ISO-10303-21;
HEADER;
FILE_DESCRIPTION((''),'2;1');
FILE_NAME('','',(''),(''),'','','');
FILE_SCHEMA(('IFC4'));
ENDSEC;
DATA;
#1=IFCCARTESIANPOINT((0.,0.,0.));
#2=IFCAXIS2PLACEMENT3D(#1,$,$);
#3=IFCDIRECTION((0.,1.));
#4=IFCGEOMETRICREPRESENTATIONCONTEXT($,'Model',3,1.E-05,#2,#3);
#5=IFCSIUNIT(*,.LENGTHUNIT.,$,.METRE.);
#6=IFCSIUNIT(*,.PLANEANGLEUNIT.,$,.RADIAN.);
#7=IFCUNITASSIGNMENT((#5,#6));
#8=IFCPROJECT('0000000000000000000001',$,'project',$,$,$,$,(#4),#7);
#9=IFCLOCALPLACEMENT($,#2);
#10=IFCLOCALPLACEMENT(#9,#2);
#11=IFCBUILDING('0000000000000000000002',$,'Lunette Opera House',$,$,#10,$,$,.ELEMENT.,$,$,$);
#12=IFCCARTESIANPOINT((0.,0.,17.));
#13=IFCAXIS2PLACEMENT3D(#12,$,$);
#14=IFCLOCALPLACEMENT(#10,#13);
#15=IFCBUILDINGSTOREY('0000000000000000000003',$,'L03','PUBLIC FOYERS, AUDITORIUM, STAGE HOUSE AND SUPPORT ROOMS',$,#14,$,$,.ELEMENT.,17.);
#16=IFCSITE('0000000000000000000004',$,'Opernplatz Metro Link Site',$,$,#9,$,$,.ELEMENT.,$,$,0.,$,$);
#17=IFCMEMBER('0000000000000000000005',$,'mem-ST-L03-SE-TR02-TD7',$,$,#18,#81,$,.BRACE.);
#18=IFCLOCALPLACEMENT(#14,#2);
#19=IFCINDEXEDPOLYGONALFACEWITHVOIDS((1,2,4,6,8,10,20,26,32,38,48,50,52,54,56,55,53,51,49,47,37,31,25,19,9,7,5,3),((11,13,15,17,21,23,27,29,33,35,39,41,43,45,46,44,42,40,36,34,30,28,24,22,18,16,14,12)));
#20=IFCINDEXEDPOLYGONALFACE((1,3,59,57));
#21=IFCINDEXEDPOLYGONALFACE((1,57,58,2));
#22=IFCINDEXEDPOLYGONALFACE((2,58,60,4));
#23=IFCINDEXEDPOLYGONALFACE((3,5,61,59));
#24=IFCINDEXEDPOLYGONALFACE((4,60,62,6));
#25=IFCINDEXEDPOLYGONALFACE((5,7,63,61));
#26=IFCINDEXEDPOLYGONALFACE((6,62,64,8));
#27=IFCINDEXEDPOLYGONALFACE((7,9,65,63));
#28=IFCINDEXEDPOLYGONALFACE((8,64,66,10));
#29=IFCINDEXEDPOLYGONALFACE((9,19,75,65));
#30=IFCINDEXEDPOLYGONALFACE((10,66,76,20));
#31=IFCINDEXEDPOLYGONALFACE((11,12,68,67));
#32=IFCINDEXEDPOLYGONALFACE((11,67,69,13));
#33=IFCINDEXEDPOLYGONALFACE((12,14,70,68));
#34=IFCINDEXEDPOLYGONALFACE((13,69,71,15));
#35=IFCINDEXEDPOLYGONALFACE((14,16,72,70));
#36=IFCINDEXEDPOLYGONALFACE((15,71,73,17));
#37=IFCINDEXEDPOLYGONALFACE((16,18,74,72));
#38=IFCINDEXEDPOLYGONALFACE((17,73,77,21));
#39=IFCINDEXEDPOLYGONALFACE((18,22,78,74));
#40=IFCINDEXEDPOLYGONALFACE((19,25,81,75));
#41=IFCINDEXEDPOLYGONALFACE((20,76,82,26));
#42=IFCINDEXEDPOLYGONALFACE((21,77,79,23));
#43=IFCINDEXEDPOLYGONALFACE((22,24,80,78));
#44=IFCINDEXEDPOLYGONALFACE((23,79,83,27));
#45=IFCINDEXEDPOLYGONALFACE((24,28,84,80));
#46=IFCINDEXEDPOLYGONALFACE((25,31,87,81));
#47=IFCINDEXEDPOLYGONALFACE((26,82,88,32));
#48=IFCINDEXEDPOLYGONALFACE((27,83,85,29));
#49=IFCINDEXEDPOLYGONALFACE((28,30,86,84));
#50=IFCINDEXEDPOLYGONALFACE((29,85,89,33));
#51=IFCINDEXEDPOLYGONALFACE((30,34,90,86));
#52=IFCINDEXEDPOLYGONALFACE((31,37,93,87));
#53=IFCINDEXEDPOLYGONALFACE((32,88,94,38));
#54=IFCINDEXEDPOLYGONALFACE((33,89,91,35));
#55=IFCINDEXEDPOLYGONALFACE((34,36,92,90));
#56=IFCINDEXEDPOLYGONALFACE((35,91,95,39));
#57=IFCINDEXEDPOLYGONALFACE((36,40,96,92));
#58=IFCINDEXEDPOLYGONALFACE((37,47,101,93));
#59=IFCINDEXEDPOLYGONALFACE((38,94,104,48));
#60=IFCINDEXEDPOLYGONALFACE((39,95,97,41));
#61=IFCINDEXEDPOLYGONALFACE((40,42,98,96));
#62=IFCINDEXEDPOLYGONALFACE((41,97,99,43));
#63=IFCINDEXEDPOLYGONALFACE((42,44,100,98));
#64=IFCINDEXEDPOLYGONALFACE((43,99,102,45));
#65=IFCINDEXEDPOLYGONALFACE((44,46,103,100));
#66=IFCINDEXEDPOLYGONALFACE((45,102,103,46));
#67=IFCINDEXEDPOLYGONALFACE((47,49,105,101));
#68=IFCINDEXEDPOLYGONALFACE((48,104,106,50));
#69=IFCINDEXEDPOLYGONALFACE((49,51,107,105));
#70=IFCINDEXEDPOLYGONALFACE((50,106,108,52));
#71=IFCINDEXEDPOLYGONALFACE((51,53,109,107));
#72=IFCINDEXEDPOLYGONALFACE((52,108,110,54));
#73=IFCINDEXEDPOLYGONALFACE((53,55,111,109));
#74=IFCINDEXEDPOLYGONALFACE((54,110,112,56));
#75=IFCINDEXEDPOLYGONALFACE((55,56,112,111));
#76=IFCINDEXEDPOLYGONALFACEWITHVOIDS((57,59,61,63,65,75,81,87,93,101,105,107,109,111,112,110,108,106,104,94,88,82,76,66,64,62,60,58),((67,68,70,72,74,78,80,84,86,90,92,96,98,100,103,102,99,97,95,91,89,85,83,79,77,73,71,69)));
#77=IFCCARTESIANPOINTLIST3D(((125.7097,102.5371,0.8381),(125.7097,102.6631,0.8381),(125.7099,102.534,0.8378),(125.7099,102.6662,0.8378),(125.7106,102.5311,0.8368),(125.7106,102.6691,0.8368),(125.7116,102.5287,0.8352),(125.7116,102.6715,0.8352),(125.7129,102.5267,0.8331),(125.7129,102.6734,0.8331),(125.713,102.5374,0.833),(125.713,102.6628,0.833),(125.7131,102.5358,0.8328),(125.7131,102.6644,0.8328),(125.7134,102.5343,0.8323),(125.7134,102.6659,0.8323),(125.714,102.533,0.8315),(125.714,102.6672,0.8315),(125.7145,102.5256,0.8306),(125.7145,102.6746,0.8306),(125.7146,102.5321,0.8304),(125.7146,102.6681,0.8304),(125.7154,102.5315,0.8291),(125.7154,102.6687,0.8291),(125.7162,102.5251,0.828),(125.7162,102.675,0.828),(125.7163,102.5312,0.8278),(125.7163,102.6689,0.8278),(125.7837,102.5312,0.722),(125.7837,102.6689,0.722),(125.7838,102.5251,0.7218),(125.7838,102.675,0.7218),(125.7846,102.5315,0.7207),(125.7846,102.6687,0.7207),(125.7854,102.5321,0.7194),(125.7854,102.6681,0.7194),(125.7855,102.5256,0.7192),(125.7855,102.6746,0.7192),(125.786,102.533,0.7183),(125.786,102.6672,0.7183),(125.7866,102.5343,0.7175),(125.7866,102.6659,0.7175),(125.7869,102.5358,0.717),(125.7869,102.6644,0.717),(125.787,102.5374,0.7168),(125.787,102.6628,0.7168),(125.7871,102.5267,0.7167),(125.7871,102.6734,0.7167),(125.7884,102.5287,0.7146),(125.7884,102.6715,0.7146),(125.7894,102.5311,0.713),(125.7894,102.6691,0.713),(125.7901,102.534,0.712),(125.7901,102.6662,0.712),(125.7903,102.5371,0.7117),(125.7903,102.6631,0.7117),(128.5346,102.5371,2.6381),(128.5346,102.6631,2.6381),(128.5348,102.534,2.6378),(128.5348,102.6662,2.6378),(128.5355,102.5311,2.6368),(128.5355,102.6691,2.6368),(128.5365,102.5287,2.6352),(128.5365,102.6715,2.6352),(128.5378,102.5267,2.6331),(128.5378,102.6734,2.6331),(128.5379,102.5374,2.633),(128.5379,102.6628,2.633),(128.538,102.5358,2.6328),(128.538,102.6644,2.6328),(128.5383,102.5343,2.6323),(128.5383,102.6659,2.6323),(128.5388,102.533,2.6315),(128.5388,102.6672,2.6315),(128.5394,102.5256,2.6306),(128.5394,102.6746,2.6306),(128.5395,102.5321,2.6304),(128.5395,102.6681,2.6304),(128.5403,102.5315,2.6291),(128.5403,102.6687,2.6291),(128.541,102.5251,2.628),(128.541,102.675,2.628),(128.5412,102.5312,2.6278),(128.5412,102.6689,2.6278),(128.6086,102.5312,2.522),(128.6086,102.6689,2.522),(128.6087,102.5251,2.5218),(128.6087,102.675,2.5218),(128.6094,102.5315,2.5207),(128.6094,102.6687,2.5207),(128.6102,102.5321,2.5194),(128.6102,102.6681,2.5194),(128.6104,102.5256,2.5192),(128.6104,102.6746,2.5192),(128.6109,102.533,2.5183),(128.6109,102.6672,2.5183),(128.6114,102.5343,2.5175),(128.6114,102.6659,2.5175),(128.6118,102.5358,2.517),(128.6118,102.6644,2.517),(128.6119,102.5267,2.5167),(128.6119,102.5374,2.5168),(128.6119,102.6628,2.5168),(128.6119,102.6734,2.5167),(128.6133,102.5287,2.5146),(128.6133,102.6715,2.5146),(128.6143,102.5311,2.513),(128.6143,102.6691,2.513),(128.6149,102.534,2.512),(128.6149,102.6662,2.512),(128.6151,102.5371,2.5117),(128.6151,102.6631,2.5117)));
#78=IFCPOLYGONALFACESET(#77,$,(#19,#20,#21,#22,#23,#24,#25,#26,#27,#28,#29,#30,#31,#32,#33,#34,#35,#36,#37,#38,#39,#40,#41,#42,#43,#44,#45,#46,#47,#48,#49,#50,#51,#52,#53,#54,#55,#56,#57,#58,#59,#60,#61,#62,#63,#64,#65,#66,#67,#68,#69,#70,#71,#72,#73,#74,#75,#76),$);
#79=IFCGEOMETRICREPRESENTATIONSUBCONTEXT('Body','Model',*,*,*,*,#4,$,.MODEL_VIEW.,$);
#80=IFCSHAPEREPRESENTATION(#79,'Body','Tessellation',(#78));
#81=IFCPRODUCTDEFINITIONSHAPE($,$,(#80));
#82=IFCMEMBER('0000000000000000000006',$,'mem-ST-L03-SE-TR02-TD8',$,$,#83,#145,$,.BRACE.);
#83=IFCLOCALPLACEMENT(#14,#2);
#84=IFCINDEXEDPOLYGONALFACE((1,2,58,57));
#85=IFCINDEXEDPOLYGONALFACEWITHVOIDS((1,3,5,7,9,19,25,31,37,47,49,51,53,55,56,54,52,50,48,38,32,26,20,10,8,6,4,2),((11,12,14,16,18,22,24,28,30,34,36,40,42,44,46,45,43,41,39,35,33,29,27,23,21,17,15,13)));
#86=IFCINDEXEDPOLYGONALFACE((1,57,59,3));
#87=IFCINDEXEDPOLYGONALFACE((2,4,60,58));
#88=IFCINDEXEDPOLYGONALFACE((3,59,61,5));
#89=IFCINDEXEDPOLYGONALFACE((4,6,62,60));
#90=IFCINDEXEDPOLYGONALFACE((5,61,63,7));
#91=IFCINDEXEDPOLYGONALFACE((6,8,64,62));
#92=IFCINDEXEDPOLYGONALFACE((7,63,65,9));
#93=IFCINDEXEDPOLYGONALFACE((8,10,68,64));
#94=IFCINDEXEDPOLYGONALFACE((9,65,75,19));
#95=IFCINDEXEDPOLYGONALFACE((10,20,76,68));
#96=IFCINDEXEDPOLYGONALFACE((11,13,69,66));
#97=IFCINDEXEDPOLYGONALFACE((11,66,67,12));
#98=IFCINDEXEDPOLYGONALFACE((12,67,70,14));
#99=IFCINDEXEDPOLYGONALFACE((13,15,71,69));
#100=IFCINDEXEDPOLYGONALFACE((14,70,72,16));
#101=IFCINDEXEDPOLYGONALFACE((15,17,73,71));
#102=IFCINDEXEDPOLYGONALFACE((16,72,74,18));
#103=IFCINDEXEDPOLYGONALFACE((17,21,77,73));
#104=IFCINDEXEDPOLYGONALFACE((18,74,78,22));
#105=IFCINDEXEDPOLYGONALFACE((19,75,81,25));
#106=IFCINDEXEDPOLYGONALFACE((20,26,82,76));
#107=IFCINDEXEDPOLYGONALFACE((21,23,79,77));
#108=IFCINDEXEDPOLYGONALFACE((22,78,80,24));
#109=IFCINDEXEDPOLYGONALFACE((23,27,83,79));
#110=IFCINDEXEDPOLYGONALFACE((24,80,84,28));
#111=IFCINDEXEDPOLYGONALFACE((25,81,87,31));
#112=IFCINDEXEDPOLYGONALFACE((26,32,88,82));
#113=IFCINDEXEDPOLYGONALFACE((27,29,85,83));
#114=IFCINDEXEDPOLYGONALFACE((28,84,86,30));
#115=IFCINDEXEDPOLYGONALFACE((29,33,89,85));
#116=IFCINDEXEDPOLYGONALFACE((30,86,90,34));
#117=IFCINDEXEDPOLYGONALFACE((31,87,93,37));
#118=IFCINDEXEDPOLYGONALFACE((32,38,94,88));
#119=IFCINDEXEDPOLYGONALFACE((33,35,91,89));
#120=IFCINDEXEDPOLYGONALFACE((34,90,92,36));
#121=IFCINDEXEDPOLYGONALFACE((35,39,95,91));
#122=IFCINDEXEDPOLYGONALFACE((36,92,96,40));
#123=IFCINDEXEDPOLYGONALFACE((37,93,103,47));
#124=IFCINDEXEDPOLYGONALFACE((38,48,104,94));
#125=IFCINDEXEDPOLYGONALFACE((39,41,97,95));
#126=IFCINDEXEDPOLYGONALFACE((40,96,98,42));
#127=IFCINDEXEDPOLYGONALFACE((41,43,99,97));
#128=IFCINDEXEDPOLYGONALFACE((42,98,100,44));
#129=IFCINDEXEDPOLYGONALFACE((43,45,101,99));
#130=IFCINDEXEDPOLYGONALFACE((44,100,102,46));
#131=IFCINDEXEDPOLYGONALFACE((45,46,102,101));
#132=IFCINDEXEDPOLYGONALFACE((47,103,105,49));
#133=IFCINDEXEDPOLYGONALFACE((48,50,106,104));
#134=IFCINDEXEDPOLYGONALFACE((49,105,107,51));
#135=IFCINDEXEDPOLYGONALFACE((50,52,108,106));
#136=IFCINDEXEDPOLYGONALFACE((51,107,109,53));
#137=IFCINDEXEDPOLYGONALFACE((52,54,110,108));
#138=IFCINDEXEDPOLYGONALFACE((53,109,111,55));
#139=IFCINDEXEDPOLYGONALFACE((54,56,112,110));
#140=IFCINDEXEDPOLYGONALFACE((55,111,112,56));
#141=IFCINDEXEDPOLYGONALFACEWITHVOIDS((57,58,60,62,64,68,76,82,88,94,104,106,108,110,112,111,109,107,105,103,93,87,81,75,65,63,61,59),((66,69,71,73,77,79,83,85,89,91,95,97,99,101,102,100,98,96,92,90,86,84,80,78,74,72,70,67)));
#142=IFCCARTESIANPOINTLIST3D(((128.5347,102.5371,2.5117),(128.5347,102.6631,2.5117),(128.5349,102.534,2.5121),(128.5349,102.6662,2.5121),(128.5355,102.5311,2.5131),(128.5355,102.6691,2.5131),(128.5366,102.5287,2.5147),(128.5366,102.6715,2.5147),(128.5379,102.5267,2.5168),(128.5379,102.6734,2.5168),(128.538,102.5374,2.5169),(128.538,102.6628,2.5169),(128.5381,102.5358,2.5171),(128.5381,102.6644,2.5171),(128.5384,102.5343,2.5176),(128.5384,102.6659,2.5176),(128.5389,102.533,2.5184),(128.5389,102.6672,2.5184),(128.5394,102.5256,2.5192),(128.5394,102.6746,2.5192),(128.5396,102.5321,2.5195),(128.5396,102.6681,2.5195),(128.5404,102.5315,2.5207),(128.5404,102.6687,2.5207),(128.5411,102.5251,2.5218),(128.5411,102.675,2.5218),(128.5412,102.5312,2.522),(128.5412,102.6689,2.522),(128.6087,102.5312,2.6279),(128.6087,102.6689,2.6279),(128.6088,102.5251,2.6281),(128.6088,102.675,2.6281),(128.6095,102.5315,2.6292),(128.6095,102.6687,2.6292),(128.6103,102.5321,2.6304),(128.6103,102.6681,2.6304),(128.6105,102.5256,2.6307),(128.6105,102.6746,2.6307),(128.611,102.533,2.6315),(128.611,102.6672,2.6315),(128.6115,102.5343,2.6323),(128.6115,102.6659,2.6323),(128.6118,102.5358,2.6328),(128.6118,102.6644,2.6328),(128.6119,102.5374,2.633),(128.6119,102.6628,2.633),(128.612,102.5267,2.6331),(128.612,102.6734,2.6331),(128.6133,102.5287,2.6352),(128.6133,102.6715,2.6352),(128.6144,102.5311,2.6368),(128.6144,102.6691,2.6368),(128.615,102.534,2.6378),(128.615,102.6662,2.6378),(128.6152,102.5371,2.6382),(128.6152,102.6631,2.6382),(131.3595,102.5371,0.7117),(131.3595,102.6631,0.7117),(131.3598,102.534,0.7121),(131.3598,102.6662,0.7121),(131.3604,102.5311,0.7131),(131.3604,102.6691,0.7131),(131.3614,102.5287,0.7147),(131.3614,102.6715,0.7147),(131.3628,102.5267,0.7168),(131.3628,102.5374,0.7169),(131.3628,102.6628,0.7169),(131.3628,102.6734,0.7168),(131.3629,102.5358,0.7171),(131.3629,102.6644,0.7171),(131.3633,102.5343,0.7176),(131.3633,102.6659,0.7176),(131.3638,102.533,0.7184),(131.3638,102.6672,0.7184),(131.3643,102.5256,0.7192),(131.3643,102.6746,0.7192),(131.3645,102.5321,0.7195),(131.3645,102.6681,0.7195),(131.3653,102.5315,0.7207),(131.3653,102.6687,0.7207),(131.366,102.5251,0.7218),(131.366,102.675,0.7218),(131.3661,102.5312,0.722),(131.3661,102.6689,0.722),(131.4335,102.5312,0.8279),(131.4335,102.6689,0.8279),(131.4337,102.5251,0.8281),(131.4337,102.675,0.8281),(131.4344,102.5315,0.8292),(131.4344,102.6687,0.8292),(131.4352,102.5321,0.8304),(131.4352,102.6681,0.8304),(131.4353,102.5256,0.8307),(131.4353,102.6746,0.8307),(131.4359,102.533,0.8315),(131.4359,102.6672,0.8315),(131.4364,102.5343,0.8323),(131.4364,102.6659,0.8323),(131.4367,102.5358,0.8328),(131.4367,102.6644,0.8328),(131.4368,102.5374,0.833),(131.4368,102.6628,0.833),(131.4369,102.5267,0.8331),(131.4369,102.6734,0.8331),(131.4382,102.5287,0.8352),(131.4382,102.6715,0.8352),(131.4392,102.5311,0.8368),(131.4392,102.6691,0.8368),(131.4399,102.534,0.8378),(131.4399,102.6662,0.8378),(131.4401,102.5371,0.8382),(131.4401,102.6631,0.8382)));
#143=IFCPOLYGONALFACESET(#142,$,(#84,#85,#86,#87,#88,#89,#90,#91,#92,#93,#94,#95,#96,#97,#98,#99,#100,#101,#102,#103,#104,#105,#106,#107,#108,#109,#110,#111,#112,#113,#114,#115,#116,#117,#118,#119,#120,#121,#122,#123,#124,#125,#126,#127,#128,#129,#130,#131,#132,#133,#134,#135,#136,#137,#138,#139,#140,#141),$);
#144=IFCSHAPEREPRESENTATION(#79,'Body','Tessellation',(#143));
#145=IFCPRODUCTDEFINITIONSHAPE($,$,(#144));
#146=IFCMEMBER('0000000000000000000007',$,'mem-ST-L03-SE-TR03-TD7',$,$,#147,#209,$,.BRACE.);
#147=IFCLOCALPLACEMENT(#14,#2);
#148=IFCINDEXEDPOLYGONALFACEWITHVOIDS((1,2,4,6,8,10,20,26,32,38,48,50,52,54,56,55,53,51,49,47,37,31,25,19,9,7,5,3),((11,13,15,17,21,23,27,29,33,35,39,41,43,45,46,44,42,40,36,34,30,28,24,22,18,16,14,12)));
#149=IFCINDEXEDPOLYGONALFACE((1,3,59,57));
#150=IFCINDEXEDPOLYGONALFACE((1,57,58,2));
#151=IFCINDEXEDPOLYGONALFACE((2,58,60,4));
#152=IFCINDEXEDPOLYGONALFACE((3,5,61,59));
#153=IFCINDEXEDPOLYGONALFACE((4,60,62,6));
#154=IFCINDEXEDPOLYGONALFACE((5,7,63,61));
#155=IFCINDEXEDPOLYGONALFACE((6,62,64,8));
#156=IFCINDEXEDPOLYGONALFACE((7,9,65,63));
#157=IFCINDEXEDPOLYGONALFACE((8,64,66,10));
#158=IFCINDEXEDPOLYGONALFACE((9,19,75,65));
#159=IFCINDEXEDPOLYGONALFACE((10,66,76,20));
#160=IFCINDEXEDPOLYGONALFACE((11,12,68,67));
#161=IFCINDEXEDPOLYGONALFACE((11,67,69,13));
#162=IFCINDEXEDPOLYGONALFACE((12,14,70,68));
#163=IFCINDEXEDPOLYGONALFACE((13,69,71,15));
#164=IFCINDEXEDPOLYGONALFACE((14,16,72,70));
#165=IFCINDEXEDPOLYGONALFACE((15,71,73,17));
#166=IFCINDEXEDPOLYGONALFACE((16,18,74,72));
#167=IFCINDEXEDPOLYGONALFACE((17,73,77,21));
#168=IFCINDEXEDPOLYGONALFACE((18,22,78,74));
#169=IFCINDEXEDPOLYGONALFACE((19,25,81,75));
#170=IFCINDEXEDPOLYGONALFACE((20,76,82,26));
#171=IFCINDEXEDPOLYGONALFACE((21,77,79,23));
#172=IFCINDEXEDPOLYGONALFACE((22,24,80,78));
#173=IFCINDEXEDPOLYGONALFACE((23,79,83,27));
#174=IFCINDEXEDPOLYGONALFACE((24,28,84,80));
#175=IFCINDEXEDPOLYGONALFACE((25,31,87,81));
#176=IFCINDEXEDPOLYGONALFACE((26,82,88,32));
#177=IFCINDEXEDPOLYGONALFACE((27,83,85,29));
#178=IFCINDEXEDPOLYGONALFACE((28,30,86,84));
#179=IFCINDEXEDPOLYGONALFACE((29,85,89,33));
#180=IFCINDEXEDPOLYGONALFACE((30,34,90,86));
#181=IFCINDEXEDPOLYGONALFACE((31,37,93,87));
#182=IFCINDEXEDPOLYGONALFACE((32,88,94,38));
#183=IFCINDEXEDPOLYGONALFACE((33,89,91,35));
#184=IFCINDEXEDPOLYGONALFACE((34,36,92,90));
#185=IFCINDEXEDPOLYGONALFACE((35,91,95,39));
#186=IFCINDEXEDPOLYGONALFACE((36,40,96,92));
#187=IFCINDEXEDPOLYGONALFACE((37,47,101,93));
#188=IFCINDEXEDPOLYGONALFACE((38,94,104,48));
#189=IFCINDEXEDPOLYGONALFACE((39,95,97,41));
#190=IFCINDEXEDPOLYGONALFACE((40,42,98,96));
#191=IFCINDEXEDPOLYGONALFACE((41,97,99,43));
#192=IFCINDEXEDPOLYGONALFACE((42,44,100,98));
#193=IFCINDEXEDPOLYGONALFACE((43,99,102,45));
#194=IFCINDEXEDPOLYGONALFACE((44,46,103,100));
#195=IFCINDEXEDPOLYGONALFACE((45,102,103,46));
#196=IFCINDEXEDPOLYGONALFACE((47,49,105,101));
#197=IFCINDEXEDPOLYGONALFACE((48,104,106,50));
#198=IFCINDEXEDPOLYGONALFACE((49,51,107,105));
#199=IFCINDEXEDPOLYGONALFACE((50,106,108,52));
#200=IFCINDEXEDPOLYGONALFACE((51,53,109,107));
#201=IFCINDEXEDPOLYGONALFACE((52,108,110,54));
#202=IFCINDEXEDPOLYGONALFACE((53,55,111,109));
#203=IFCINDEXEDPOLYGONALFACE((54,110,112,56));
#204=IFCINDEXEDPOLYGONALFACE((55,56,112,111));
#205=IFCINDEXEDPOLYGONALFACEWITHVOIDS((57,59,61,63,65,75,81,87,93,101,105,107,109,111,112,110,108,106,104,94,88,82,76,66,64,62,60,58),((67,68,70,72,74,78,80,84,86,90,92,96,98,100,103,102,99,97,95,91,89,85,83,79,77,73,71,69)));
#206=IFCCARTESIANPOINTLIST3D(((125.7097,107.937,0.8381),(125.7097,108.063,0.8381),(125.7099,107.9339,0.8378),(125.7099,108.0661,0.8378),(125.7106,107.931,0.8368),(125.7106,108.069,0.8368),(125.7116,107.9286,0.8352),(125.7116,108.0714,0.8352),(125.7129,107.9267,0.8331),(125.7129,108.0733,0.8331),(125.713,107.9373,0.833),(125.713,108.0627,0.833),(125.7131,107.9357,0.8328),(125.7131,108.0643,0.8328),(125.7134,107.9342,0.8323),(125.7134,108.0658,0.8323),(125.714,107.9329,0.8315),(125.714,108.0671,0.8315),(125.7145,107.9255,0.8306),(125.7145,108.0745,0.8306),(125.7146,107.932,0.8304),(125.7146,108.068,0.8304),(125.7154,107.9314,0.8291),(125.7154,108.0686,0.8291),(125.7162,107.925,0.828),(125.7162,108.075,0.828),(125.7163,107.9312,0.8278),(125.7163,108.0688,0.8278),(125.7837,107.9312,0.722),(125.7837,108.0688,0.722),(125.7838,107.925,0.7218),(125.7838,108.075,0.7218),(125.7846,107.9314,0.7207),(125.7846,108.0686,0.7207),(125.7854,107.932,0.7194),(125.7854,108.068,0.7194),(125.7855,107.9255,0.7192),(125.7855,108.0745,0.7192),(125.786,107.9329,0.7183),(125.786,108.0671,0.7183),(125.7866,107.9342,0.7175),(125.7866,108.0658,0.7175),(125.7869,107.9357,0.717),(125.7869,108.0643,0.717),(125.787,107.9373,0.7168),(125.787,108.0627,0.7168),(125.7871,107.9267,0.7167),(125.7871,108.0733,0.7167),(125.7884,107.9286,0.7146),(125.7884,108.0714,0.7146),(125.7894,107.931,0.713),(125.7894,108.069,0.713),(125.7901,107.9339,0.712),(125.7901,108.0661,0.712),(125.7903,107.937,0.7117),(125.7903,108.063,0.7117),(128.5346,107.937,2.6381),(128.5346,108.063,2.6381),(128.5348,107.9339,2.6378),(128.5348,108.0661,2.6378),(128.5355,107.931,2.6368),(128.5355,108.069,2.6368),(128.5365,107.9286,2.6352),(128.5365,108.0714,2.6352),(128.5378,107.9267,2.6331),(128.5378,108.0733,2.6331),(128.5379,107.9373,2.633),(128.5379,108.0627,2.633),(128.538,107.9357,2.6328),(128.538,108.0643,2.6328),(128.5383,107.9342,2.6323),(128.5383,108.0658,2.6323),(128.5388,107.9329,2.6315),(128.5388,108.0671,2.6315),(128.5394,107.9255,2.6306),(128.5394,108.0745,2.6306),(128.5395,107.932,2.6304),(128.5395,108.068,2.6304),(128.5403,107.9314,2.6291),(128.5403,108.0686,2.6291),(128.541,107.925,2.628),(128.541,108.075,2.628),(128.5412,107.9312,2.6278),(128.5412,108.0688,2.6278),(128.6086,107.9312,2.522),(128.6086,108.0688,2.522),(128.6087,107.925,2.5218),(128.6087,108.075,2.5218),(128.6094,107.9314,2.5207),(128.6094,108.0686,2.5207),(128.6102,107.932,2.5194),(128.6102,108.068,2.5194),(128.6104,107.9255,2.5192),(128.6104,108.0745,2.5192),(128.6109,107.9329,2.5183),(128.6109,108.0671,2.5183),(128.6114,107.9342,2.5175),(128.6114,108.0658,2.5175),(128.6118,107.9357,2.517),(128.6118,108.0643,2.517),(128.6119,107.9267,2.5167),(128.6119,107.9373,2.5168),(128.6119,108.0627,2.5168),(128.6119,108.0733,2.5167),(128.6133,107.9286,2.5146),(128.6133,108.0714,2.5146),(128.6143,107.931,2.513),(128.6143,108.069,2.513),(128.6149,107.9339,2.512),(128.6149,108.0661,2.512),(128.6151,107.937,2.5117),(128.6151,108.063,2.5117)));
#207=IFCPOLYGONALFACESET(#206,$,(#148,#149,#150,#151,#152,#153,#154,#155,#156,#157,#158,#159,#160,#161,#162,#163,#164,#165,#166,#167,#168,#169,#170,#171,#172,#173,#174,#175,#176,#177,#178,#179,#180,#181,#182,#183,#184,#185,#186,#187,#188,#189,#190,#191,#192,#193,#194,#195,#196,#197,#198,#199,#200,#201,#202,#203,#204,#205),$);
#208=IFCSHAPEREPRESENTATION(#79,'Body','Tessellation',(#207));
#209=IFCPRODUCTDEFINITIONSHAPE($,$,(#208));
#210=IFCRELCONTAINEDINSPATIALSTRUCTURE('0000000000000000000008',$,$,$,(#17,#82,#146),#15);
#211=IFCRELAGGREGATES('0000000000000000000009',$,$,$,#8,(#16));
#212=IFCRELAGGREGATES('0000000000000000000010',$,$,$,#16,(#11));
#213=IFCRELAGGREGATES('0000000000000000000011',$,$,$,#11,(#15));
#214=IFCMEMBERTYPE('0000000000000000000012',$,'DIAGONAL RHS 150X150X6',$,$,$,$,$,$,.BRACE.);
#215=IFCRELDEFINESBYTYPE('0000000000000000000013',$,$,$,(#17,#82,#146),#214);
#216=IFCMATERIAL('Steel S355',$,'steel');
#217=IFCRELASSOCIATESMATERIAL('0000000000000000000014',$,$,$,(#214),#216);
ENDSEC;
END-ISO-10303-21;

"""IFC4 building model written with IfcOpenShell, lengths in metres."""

from ifc_helpers import new_model, si_unit, direction, frame, origin, origin_2d, place, context, subcontext, project, spatial, hollow_rectangle, extrude, material, material_profile, profile_set, type_object, element, save


model = new_model("IFC4")

# Units and contexts
model_context = context("Model", 3, precision=1e-05, world=origin(), true_north=direction((0.0, 1.0)))
body_context = subcontext(model_context, "Body", "Model", "MODEL_VIEW")
ifc_project = project(units=[si_unit("LENGTHUNIT", "METRE"), si_unit("PLANEANGLEUNIT", "RADIAN")], contexts=[model_context])

# Site, building, storey
site_placement = place(None, origin())
site = spatial("IfcSite", under=ifc_project, at=site_placement, Name="Opernplatz Metro Link Site", CompositionType="ELEMENT", RefElevation=0.0)
building_placement = place(site_placement, origin())
building = spatial("IfcBuilding", under=site, at=building_placement, Name="Lunette Opera House", CompositionType="ELEMENT")
storey_placement = place(building_placement, frame((0.0, 0.0, 17.0)))
storey = spatial("IfcBuildingStorey", under=building, at=storey_placement, Name="L03", Description="PUBLIC FOYERS, AUDITORIUM, STAGE HOUSE AND SUPPORT ROOMS", CompositionType="ELEMENT", Elevation=17.0)

# Members
ifc_material_1 = material(Name="Steel S355", Category="steel")
ifc_material_profile_1 = material_profile(ifc_material_1, hollow_rectangle(XDim=0.1499, YDim=0.1499, WallThickness=0.0061, InnerFilletRadius=0.0061, OuterFilletRadius=0.012, at=origin_2d()), Name="RHS 150X150X6")
ifc_profile_set_1 = profile_set([ifc_material_profile_1], Name="Steel S355")
member_type_1 = type_object("IfcMemberType", Name="DIAGONAL RHS 150X150X6", PredefinedType="BRACE", material=ifc_profile_set_1)
for number, where, z_axis, x_axis, name in (
    (1, (125.75, 102.6001, 0.7749), (0.843343, 0.0, 0.537375), (0.0, 1.0, 0.0), "mem-ST-L03-SE-TR02-TD7"),
    (2, (128.575, 102.6001, 2.575), (0.843343, 0.0, -0.537375), (0.0, 1.0, 0.0), "mem-ST-L03-SE-TR02-TD8"),
    (3, (125.75, 108.0, 0.7749), (0.843343, 0.0, 0.537375), (0.0, 1.0, 0.0), "mem-ST-L03-SE-TR03-TD7"),
):
    element("IfcMember", number, at=place(storey_placement, frame(where, z_axis=z_axis, x_axis=x_axis)), inside=storey, type_object=member_type_1, Name=name, PredefinedType="BRACE", context=body_context, shape_type="SweptSolid", body=[
        extrude(hollow_rectangle(XDim=0.1499, YDim=0.1499, WallThickness=0.0061, InnerFilletRadius=0.0061, OuterFilletRadius=0.012, at=origin_2d()), origin(), (0.0, 0.0, 1.0), 3.3496),
    ])

save(model, "model.ifc")
